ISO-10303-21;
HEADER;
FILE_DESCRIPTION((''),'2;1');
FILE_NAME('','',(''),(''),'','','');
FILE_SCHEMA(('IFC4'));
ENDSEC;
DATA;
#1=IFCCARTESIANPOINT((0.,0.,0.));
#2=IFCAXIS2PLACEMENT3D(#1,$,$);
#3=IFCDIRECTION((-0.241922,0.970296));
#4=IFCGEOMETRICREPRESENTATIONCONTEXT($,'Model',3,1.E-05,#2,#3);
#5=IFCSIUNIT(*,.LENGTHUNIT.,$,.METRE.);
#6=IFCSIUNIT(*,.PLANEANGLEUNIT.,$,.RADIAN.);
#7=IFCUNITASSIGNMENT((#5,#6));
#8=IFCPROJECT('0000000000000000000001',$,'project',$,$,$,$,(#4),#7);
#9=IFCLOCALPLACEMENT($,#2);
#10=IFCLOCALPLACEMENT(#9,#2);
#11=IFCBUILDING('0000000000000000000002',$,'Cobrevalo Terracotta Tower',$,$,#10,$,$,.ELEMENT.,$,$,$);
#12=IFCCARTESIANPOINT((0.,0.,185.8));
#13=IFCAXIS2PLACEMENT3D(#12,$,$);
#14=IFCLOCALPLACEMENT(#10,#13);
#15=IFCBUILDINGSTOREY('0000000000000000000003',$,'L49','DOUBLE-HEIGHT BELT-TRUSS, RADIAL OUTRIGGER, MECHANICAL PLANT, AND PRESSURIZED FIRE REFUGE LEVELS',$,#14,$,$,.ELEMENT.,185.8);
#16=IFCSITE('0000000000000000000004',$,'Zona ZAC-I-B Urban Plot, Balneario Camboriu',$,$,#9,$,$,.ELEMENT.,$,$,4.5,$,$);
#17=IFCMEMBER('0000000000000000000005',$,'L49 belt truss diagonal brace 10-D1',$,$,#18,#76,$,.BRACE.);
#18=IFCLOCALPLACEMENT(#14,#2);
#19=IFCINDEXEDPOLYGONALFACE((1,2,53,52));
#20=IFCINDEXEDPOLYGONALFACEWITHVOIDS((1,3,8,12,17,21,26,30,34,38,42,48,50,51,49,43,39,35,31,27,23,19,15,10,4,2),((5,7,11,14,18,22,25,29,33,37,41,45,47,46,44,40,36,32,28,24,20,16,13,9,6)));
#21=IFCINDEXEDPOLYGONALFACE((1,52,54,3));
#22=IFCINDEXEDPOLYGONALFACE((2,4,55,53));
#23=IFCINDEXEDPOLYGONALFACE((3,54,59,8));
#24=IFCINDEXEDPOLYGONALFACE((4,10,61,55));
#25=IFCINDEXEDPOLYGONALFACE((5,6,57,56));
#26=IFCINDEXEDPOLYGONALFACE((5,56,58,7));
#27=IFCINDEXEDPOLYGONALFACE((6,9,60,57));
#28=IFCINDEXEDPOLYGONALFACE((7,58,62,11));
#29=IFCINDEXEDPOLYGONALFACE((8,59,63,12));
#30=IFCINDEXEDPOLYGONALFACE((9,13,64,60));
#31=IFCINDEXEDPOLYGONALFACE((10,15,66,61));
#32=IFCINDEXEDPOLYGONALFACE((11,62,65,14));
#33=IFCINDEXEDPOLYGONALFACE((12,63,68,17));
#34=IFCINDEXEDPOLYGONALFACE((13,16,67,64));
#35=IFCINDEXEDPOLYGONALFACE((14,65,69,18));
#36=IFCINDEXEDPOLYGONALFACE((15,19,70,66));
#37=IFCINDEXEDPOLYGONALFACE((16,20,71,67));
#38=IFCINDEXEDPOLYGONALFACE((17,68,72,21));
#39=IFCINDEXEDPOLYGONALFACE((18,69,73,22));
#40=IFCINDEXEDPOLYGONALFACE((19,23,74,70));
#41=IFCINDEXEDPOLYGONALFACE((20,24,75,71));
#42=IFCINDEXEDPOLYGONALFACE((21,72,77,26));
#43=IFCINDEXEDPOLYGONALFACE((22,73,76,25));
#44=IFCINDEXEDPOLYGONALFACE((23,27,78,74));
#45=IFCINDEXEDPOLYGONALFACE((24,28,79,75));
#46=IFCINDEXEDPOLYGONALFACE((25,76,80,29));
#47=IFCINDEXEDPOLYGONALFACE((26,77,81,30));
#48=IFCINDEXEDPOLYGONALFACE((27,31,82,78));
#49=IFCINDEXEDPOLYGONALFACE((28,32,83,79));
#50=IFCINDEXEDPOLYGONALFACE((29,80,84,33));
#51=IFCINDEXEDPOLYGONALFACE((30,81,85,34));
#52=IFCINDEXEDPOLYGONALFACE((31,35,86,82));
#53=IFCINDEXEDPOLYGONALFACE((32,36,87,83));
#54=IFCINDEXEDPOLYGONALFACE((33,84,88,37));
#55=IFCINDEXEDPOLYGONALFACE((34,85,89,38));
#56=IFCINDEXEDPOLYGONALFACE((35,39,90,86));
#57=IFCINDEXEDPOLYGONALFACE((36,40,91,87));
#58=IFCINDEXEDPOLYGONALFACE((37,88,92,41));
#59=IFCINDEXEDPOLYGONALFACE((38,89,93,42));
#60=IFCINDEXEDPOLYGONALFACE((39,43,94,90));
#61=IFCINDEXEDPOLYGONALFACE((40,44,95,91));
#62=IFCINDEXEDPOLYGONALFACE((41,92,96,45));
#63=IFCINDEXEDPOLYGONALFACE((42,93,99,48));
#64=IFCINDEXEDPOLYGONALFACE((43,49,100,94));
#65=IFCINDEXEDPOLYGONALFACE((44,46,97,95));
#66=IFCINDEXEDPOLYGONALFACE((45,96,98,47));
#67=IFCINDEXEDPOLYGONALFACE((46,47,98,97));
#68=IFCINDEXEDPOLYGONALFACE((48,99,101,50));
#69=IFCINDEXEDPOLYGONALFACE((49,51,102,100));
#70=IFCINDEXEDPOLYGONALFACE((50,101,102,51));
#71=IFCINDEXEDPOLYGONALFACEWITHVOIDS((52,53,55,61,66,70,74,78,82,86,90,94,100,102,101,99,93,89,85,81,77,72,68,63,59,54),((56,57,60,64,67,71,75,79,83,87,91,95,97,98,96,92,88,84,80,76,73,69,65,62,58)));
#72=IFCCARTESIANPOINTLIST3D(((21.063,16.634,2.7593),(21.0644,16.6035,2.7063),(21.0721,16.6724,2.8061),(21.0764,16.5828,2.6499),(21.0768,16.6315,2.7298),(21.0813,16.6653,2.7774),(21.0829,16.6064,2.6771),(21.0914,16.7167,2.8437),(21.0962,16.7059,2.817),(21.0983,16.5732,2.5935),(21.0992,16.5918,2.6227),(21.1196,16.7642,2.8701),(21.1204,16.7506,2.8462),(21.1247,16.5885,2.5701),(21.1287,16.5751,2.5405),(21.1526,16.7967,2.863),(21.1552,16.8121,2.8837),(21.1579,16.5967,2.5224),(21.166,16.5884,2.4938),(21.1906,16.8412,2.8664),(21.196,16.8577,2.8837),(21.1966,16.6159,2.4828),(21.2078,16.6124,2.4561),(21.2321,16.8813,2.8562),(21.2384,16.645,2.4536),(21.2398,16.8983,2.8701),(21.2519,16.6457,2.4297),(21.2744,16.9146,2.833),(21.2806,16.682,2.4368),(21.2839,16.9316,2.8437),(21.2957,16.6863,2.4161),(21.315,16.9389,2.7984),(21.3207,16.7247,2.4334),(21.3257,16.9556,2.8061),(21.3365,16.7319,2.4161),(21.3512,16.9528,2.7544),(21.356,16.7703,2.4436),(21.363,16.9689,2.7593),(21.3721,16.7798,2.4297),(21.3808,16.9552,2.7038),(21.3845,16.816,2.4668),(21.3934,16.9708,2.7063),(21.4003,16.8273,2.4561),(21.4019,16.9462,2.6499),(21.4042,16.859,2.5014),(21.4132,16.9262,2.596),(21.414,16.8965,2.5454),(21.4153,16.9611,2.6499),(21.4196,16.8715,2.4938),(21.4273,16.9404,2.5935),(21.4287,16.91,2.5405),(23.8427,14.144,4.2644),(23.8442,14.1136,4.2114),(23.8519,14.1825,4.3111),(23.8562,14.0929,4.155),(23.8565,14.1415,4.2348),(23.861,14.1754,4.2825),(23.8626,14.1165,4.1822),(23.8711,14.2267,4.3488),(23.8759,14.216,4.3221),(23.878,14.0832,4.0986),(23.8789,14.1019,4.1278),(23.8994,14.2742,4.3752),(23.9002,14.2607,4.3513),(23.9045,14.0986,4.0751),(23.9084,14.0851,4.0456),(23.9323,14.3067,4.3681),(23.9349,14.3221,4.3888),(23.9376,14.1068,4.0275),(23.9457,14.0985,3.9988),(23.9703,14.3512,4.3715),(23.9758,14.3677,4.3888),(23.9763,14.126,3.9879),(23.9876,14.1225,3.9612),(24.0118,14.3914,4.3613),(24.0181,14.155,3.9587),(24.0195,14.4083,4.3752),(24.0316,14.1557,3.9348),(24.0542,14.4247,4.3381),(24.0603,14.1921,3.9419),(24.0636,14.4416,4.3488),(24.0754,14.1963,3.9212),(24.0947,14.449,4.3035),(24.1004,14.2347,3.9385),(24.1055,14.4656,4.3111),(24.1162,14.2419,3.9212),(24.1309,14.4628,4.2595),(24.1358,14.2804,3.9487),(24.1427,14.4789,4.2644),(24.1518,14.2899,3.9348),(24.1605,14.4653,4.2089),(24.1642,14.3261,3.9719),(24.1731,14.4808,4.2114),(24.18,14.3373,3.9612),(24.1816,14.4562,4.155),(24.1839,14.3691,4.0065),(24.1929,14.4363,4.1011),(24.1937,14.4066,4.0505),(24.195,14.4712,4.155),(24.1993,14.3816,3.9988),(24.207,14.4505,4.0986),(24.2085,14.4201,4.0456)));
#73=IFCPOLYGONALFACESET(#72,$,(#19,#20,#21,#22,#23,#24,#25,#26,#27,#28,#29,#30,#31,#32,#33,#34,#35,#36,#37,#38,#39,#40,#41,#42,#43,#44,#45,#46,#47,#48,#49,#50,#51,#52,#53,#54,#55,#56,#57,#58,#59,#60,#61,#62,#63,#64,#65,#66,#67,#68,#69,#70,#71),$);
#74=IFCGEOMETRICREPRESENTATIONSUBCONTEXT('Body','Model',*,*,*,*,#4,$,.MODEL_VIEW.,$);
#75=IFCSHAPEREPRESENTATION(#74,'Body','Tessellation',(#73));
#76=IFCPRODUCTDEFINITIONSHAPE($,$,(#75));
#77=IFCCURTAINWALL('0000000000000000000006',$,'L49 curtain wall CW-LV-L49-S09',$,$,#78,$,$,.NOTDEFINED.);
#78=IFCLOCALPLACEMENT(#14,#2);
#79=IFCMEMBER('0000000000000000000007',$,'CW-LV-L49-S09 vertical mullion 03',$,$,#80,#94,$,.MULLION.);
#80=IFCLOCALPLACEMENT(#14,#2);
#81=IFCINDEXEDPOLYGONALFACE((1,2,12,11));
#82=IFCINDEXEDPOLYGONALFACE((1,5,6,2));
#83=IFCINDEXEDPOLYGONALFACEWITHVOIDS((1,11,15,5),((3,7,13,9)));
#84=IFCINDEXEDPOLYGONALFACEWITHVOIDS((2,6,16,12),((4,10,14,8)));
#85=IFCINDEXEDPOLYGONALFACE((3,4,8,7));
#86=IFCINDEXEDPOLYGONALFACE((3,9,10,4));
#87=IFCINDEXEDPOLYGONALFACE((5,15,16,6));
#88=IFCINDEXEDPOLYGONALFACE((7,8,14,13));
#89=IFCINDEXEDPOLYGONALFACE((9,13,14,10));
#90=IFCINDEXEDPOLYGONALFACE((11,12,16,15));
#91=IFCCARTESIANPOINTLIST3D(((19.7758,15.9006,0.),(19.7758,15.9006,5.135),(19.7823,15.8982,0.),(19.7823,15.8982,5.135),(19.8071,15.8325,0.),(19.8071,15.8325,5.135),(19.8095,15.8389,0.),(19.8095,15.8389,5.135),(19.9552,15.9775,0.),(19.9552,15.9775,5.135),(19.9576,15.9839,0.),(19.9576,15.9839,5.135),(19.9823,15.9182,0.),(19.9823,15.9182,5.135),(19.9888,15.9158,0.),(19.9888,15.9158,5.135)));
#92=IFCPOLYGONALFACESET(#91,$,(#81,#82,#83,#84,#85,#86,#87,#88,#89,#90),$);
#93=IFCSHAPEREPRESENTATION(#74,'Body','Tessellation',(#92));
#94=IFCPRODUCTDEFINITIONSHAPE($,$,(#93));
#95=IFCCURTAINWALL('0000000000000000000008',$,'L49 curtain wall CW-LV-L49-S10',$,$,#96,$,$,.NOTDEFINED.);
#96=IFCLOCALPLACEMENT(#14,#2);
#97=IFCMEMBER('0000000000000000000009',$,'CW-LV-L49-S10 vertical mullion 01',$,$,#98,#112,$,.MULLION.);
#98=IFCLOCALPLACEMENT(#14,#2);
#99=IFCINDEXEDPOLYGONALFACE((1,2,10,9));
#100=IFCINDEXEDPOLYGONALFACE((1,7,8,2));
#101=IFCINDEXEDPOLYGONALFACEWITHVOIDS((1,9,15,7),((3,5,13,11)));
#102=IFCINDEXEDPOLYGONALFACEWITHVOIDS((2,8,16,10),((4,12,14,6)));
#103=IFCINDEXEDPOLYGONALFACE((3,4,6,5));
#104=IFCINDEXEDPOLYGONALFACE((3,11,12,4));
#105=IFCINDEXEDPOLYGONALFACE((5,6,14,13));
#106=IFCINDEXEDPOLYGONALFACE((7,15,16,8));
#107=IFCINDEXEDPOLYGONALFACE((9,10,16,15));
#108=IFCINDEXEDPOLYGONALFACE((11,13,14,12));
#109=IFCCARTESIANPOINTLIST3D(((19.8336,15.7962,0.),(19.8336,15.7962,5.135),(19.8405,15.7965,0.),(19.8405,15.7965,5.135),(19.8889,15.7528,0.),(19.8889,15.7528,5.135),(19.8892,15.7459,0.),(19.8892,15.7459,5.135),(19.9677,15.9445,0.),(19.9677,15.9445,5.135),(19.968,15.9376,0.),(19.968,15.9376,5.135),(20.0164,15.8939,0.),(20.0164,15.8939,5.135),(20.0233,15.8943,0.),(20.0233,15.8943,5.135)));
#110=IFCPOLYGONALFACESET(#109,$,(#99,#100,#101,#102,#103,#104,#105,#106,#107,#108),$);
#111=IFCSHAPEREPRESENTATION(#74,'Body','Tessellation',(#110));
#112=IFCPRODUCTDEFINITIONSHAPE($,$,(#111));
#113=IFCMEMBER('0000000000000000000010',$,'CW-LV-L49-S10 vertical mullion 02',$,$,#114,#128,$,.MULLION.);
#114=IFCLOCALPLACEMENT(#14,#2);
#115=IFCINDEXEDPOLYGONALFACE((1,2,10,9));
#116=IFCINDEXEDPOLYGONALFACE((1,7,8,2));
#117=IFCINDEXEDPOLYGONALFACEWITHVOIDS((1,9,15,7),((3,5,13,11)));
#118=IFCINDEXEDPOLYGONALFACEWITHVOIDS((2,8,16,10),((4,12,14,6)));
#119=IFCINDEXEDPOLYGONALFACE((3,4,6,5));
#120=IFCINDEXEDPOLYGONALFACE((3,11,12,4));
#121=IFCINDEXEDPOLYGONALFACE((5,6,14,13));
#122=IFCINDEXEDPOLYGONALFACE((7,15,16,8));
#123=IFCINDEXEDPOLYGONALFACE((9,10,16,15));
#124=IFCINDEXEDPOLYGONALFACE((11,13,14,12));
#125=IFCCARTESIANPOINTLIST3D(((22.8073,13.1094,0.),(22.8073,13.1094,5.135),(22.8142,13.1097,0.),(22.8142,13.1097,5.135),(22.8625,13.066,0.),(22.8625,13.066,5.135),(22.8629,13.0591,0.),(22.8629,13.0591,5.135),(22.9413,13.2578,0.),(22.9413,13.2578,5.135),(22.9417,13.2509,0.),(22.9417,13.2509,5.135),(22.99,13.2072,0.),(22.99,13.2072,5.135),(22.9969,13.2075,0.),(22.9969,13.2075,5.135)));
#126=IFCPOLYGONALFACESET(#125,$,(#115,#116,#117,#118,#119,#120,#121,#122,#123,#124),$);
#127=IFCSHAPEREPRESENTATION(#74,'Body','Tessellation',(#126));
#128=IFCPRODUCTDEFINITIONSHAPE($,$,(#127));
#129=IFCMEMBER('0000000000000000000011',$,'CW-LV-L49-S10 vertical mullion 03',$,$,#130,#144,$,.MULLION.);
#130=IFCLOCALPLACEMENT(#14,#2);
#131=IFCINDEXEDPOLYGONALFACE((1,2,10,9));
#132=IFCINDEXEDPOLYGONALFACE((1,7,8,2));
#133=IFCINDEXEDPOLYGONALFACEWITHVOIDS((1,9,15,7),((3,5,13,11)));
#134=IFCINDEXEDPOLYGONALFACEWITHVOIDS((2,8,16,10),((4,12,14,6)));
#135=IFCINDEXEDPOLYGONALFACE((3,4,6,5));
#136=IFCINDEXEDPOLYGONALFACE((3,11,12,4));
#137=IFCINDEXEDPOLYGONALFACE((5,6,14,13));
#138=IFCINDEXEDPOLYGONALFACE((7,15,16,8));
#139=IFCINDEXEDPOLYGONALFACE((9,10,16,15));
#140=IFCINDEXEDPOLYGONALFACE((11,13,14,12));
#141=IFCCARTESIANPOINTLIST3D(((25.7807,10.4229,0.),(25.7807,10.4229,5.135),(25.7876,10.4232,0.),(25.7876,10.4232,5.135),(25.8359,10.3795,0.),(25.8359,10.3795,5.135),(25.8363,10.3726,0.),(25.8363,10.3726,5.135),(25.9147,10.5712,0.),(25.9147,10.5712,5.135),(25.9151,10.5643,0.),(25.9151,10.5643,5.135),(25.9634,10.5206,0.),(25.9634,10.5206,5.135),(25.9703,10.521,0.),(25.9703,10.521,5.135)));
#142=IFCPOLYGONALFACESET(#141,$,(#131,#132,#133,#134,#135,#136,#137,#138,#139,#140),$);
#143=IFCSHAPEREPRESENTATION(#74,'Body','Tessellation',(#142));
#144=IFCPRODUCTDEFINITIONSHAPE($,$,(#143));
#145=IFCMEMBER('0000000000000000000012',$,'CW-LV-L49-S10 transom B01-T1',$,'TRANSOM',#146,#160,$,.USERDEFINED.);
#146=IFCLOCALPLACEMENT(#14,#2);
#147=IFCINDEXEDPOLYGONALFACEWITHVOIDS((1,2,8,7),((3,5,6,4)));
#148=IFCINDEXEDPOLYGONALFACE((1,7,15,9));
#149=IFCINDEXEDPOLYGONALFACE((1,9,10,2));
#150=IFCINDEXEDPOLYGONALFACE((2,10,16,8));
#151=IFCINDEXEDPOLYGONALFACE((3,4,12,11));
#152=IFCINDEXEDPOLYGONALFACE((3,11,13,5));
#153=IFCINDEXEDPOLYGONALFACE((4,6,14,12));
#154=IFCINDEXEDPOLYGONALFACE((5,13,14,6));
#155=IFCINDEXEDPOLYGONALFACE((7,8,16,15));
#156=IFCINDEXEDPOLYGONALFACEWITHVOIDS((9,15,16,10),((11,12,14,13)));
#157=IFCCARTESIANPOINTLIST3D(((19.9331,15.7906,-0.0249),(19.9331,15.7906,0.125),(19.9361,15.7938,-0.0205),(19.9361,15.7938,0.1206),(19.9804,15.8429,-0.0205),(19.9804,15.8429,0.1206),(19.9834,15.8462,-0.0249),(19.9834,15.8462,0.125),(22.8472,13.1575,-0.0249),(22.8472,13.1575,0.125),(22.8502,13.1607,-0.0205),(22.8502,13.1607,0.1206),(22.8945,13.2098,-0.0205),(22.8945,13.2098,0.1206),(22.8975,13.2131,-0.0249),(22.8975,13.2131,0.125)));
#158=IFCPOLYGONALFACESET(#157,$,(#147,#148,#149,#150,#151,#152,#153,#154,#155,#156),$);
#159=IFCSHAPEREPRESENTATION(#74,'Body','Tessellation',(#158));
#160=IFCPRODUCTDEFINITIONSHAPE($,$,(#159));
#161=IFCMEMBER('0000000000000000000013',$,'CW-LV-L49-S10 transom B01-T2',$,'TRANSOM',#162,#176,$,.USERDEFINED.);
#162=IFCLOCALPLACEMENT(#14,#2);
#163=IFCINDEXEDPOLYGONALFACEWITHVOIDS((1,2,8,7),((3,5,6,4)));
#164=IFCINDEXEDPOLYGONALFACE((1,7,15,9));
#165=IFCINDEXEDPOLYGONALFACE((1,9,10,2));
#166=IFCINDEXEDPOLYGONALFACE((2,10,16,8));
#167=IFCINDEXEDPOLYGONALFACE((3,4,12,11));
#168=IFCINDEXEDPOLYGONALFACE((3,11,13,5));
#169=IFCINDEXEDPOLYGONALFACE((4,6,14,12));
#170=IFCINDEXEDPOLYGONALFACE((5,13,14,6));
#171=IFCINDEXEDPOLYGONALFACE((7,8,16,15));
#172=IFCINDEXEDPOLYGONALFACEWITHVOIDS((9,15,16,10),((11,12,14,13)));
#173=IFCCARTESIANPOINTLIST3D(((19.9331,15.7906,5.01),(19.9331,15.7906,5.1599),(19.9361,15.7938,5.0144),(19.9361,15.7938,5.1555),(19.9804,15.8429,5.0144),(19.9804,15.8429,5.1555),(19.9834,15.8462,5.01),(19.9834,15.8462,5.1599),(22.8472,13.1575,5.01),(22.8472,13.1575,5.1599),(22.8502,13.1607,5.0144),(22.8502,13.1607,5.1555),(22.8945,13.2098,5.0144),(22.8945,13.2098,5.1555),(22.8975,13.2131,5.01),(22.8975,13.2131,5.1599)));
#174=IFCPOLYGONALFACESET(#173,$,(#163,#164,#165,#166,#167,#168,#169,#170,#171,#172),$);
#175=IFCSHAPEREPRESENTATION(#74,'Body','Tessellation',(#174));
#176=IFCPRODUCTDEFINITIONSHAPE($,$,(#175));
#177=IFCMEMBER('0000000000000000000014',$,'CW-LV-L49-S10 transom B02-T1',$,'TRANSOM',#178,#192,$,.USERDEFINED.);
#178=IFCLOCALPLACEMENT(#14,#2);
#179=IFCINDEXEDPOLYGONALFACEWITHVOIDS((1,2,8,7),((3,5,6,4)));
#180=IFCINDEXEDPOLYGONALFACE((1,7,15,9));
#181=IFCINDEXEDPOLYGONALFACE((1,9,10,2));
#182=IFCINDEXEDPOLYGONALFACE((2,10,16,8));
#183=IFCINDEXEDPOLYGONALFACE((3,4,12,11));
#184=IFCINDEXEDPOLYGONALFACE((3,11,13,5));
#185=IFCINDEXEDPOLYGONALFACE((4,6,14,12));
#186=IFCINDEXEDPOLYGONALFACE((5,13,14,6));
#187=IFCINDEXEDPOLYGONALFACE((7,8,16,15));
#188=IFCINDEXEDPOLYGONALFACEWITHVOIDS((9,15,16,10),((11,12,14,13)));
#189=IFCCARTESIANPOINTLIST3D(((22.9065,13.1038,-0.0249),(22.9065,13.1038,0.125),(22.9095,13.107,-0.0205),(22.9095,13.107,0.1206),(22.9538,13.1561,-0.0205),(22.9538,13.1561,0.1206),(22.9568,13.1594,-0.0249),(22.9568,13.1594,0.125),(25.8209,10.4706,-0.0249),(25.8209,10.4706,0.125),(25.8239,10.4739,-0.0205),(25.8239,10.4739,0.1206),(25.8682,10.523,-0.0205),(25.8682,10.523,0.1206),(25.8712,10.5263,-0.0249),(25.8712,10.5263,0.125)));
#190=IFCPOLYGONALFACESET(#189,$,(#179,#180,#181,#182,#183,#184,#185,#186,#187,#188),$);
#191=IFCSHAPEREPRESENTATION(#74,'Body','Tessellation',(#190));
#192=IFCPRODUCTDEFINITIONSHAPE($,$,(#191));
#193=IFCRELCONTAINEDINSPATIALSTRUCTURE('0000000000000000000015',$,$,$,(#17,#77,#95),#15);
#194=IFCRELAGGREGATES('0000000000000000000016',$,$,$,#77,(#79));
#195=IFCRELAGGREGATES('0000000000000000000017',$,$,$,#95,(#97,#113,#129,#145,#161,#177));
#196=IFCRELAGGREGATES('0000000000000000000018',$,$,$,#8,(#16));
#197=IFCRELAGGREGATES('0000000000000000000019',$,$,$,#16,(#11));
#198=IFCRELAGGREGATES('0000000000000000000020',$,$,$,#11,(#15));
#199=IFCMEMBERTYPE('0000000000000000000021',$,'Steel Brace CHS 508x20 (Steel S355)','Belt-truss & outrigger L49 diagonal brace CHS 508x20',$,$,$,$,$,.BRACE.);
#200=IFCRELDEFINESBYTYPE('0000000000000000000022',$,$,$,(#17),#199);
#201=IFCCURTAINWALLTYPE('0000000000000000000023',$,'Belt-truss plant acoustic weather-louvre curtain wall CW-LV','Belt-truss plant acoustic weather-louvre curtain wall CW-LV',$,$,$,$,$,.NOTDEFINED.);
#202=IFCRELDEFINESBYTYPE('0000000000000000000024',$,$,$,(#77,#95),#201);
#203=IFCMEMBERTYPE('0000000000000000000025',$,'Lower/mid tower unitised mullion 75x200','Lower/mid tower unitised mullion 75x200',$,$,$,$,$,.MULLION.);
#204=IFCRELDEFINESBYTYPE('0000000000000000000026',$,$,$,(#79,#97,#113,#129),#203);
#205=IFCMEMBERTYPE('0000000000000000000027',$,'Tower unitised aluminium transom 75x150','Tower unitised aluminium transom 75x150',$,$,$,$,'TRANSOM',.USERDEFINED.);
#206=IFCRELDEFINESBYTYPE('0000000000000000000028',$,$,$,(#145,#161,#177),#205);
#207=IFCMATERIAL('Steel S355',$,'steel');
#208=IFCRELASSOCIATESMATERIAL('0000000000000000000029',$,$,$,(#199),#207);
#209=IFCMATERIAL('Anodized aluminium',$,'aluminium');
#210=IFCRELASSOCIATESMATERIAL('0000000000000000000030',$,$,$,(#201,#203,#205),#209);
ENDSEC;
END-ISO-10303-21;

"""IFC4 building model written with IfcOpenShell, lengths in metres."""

from ifc_helpers import new_model, si_unit, direction, frame, origin, origin_2d, place, context, subcontext, project, spatial, hollow_rectangle, hollow_circle, extrude, source, transform, mapped, material, material_profile, profile_set, type_object, element, aggregate, save


model = new_model("IFC4")

# Units and contexts
model_context = context("Model", 3, precision=1e-05, world=origin(), true_north=direction((-0.241922, 0.970296)))
body_context = subcontext(model_context, "Body", "Model", "MODEL_VIEW")
ifc_project = project(units=[si_unit("LENGTHUNIT", "METRE"), si_unit("PLANEANGLEUNIT", "RADIAN")], contexts=[model_context])

# Site, building, storey
site_placement = place(None, origin())
site = spatial("IfcSite", under=ifc_project, at=site_placement, Name="Zona ZAC-I-B Urban Plot, Balneario Camboriu", CompositionType="ELEMENT", RefElevation=4.5)
building_placement = place(site_placement, origin())
building = spatial("IfcBuilding", under=site, at=building_placement, Name="Cobrevalo Terracotta Tower", CompositionType="ELEMENT")
storey_placement = place(building_placement, frame((0.0, 0.0, 185.8)))
storey = spatial("IfcBuildingStorey", under=building, at=storey_placement, Name="L49", Description="DOUBLE-HEIGHT BELT-TRUSS, RADIAL OUTRIGGER, MECHANICAL PLANT, AND PRESSURIZED FIRE REFUGE LEVELS", CompositionType="ELEMENT", Elevation=185.8)

# Shared definitions
ifc_material_1 = material(Name="Steel S355", Category="steel")

# Member
ifc_material_profile_1 = material_profile(ifc_material_1, hollow_circle(Radius=0.2539, WallThickness=0.02, at=origin_2d()), Name="CHS 508x20")
ifc_profile_set_1 = profile_set([ifc_material_profile_1], Name="Steel S355")
member_type_1 = type_object("IfcMemberType", Name="Steel Brace CHS 508x20 (Steel S355)", Description="Belt-truss & outrigger L49 diagonal brace CHS 508x20", PredefinedType="BRACE", material=ifc_profile_set_1)
shared_shape_1 = source(origin(), body_context, "Body", "SweptSolid", [
    extrude(hollow_circle(Radius=0.2539, WallThickness=0.02, at=origin_2d()), origin(), (0.0, 0.0, 1.0), 4.0239),
])
member_1_placement = place(storey_placement, frame((21.2458, 16.772, 2.6499), z_axis=(0.6908, -0.618783, 0.374036), x_axis=(0.667214, 0.744866, 0.0)))
element("IfcMember", 1, at=member_1_placement, inside=storey, type_object=member_type_1, Name="L49 belt truss diagonal brace 10-D1", PredefinedType="BRACE", context=body_context, shape_type="MappedRepresentation", body=[
    mapped(shared_shape_1, transform((0.0, 0.0, 0.0), scale=1.0)),
])

# Curtain wall, member
ifc_material_2 = material(Name="Anodized aluminium", Category="aluminium")
curtain_wall_type = type_object("IfcCurtainWallType", Name="Belt-truss plant acoustic weather-louvre curtain wall CW-LV", Description="Belt-truss plant acoustic weather-louvre curtain wall CW-LV", PredefinedType="NOTDEFINED", material=ifc_material_2)
curtain_wall_1_placement = place(storey_placement, origin())
curtain_wall_1 = element("IfcCurtainWall", 2, at=curtain_wall_1_placement, inside=storey, type_object=curtain_wall_type, Name="L49 curtain wall CW-LV-L49-S09", PredefinedType="NOTDEFINED")
ifc_material_profile_2 = material_profile(ifc_material_2, hollow_rectangle(XDim=0.075, YDim=0.2, WallThickness=0.0049, at=origin_2d()), Name="CWM 75x200")
ifc_profile_set_2 = profile_set([ifc_material_profile_2], Name="Anodized aluminium")
member_type_2 = type_object("IfcMemberType", Name="Lower/mid tower unitised mullion 75x200", Description="Lower/mid tower unitised mullion 75x200", PredefinedType="MULLION", material=ifc_profile_set_2)
shared_shape_2 = source(origin(), body_context, "Body", "SweptSolid", [
    extrude(hollow_rectangle(XDim=0.075, YDim=0.2, WallThickness=0.0049, at=origin_2d()), origin(), (0.0, 0.0, 1.0), 5.135),
])
member_2_placement = place(storey_placement, frame((19.8823, 15.9082, 0.0), z_axis=(0.0, 0.0, 1.0), x_axis=(0.416725, -0.909033, 0.0)))
member_2 = element("IfcMember", 3, at=member_2_placement, type_object=member_type_2, Name="CW-LV-L49-S09 vertical mullion 03", PredefinedType="MULLION", context=body_context, shape_type="MappedRepresentation", body=[
    mapped(shared_shape_2, transform((0.0, 0.0, 0.0), scale=1.0)),
])
aggregate(curtain_wall_1, [member_2])

# Curtain wall, members
curtain_wall_2_placement = place(storey_placement, origin())
curtain_wall_2 = element("IfcCurtainWall", 4, at=curtain_wall_2_placement, inside=storey, type_object=curtain_wall_type, Name="L49 curtain wall CW-LV-L49-S10", PredefinedType="NOTDEFINED")
member_3_placement = place(storey_placement, frame((19.9285, 15.8452, 0.0), z_axis=(0.0, 0.0, 1.0), x_axis=(0.741988, -0.670414, 0.0)))
member_3 = element("IfcMember", 5, at=member_3_placement, type_object=member_type_2, Name="CW-LV-L49-S10 vertical mullion 01", PredefinedType="MULLION", context=body_context, shape_type="MappedRepresentation", body=[
    mapped(shared_shape_2, transform((0.0, 0.0, 0.0), scale=1.0)),
])
member_4_placement = place(storey_placement, frame((22.9021, 13.1584, 0.0), z_axis=(0.0, 0.0, 1.0), x_axis=(0.741988, -0.670414, 0.0)))
member_4 = element("IfcMember", 6, at=member_4_placement, type_object=member_type_2, Name="CW-LV-L49-S10 vertical mullion 02", PredefinedType="MULLION", context=body_context, shape_type="MappedRepresentation", body=[
    mapped(shared_shape_2, transform((0.0, 0.0, 0.0), scale=1.0)),
])
member_5_placement = place(storey_placement, frame((25.8755, 10.4719, 0.0), z_axis=(0.0, 0.0, 1.0), x_axis=(0.741988, -0.670414, 0.0)))
member_5 = element("IfcMember", 7, at=member_5_placement, type_object=member_type_2, Name="CW-LV-L49-S10 vertical mullion 03", PredefinedType="MULLION", context=body_context, shape_type="MappedRepresentation", body=[
    mapped(shared_shape_2, transform((0.0, 0.0, 0.0), scale=1.0)),
])
ifc_material_profile_3 = material_profile(ifc_material_2, hollow_rectangle(XDim=0.075, YDim=0.1499, WallThickness=0.0044, at=origin_2d()), Name="CWT 75x150")
ifc_profile_set_3 = profile_set([ifc_material_profile_3], Name="Anodized aluminium")
member_type_3 = type_object("IfcMemberType", Name="Tower unitised aluminium transom 75x150", Description="Tower unitised aluminium transom 75x150", ElementType="TRANSOM", PredefinedType="USERDEFINED", material=ifc_profile_set_3)
shared_shape_3 = source(origin(), body_context, "Body", "SweptSolid", [
    extrude(hollow_rectangle(XDim=0.075, YDim=0.1499, WallThickness=0.0044, at=origin_2d()), origin(), (0.0, 0.0, 1.0), 3.9275),
])
member_6_placement = place(storey_placement, frame((19.9583, 15.8184, 0.05), z_axis=(0.741976, -0.670426, 0.0), x_axis=(0.670426, 0.741976, 0.0)))
member_6 = element("IfcMember", 8, at=member_6_placement, type_object=member_type_3, Name="CW-LV-L49-S10 transom B01-T1", ObjectType="TRANSOM", PredefinedType="USERDEFINED", context=body_context, shape_type="MappedRepresentation", body=[
    mapped(shared_shape_3, transform((0.0, 0.0, 0.0), scale=1.0)),
])
member_7_placement = place(storey_placement, frame((19.9583, 15.8184, 5.085), z_axis=(0.741976, -0.670426, 0.0), x_axis=(0.670426, 0.741976, 0.0)))
member_7 = element("IfcMember", 9, at=member_7_placement, type_object=member_type_3, Name="CW-LV-L49-S10 transom B01-T2", ObjectType="TRANSOM", PredefinedType="USERDEFINED", context=body_context, shape_type="MappedRepresentation", body=[
    mapped(shared_shape_3, transform((0.0, 0.0, 0.0), scale=1.0)),
])
shared_shape_4 = source(origin(), body_context, "Body", "SweptSolid", [
    extrude(hollow_rectangle(XDim=0.075, YDim=0.1499, WallThickness=0.0044, at=origin_2d()), origin(), (0.0, 0.0, 1.0), 3.9277),
])
member_8_placement = place(storey_placement, frame((22.9316, 13.1316, 0.05), z_axis=(0.742004, -0.670396, 0.0), x_axis=(0.670396, 0.742004, 0.0)))
member_8 = element("IfcMember", 10, at=member_8_placement, type_object=member_type_3, Name="CW-LV-L49-S10 transom B02-T1", ObjectType="TRANSOM", PredefinedType="USERDEFINED", context=body_context, shape_type="MappedRepresentation", body=[
    mapped(shared_shape_4, transform((0.0, 0.0, 0.0), scale=1.0)),
])

aggregate(curtain_wall_2, [member_3, member_4, member_5, member_6, member_7, member_8])

save(model, "model.ifc")
